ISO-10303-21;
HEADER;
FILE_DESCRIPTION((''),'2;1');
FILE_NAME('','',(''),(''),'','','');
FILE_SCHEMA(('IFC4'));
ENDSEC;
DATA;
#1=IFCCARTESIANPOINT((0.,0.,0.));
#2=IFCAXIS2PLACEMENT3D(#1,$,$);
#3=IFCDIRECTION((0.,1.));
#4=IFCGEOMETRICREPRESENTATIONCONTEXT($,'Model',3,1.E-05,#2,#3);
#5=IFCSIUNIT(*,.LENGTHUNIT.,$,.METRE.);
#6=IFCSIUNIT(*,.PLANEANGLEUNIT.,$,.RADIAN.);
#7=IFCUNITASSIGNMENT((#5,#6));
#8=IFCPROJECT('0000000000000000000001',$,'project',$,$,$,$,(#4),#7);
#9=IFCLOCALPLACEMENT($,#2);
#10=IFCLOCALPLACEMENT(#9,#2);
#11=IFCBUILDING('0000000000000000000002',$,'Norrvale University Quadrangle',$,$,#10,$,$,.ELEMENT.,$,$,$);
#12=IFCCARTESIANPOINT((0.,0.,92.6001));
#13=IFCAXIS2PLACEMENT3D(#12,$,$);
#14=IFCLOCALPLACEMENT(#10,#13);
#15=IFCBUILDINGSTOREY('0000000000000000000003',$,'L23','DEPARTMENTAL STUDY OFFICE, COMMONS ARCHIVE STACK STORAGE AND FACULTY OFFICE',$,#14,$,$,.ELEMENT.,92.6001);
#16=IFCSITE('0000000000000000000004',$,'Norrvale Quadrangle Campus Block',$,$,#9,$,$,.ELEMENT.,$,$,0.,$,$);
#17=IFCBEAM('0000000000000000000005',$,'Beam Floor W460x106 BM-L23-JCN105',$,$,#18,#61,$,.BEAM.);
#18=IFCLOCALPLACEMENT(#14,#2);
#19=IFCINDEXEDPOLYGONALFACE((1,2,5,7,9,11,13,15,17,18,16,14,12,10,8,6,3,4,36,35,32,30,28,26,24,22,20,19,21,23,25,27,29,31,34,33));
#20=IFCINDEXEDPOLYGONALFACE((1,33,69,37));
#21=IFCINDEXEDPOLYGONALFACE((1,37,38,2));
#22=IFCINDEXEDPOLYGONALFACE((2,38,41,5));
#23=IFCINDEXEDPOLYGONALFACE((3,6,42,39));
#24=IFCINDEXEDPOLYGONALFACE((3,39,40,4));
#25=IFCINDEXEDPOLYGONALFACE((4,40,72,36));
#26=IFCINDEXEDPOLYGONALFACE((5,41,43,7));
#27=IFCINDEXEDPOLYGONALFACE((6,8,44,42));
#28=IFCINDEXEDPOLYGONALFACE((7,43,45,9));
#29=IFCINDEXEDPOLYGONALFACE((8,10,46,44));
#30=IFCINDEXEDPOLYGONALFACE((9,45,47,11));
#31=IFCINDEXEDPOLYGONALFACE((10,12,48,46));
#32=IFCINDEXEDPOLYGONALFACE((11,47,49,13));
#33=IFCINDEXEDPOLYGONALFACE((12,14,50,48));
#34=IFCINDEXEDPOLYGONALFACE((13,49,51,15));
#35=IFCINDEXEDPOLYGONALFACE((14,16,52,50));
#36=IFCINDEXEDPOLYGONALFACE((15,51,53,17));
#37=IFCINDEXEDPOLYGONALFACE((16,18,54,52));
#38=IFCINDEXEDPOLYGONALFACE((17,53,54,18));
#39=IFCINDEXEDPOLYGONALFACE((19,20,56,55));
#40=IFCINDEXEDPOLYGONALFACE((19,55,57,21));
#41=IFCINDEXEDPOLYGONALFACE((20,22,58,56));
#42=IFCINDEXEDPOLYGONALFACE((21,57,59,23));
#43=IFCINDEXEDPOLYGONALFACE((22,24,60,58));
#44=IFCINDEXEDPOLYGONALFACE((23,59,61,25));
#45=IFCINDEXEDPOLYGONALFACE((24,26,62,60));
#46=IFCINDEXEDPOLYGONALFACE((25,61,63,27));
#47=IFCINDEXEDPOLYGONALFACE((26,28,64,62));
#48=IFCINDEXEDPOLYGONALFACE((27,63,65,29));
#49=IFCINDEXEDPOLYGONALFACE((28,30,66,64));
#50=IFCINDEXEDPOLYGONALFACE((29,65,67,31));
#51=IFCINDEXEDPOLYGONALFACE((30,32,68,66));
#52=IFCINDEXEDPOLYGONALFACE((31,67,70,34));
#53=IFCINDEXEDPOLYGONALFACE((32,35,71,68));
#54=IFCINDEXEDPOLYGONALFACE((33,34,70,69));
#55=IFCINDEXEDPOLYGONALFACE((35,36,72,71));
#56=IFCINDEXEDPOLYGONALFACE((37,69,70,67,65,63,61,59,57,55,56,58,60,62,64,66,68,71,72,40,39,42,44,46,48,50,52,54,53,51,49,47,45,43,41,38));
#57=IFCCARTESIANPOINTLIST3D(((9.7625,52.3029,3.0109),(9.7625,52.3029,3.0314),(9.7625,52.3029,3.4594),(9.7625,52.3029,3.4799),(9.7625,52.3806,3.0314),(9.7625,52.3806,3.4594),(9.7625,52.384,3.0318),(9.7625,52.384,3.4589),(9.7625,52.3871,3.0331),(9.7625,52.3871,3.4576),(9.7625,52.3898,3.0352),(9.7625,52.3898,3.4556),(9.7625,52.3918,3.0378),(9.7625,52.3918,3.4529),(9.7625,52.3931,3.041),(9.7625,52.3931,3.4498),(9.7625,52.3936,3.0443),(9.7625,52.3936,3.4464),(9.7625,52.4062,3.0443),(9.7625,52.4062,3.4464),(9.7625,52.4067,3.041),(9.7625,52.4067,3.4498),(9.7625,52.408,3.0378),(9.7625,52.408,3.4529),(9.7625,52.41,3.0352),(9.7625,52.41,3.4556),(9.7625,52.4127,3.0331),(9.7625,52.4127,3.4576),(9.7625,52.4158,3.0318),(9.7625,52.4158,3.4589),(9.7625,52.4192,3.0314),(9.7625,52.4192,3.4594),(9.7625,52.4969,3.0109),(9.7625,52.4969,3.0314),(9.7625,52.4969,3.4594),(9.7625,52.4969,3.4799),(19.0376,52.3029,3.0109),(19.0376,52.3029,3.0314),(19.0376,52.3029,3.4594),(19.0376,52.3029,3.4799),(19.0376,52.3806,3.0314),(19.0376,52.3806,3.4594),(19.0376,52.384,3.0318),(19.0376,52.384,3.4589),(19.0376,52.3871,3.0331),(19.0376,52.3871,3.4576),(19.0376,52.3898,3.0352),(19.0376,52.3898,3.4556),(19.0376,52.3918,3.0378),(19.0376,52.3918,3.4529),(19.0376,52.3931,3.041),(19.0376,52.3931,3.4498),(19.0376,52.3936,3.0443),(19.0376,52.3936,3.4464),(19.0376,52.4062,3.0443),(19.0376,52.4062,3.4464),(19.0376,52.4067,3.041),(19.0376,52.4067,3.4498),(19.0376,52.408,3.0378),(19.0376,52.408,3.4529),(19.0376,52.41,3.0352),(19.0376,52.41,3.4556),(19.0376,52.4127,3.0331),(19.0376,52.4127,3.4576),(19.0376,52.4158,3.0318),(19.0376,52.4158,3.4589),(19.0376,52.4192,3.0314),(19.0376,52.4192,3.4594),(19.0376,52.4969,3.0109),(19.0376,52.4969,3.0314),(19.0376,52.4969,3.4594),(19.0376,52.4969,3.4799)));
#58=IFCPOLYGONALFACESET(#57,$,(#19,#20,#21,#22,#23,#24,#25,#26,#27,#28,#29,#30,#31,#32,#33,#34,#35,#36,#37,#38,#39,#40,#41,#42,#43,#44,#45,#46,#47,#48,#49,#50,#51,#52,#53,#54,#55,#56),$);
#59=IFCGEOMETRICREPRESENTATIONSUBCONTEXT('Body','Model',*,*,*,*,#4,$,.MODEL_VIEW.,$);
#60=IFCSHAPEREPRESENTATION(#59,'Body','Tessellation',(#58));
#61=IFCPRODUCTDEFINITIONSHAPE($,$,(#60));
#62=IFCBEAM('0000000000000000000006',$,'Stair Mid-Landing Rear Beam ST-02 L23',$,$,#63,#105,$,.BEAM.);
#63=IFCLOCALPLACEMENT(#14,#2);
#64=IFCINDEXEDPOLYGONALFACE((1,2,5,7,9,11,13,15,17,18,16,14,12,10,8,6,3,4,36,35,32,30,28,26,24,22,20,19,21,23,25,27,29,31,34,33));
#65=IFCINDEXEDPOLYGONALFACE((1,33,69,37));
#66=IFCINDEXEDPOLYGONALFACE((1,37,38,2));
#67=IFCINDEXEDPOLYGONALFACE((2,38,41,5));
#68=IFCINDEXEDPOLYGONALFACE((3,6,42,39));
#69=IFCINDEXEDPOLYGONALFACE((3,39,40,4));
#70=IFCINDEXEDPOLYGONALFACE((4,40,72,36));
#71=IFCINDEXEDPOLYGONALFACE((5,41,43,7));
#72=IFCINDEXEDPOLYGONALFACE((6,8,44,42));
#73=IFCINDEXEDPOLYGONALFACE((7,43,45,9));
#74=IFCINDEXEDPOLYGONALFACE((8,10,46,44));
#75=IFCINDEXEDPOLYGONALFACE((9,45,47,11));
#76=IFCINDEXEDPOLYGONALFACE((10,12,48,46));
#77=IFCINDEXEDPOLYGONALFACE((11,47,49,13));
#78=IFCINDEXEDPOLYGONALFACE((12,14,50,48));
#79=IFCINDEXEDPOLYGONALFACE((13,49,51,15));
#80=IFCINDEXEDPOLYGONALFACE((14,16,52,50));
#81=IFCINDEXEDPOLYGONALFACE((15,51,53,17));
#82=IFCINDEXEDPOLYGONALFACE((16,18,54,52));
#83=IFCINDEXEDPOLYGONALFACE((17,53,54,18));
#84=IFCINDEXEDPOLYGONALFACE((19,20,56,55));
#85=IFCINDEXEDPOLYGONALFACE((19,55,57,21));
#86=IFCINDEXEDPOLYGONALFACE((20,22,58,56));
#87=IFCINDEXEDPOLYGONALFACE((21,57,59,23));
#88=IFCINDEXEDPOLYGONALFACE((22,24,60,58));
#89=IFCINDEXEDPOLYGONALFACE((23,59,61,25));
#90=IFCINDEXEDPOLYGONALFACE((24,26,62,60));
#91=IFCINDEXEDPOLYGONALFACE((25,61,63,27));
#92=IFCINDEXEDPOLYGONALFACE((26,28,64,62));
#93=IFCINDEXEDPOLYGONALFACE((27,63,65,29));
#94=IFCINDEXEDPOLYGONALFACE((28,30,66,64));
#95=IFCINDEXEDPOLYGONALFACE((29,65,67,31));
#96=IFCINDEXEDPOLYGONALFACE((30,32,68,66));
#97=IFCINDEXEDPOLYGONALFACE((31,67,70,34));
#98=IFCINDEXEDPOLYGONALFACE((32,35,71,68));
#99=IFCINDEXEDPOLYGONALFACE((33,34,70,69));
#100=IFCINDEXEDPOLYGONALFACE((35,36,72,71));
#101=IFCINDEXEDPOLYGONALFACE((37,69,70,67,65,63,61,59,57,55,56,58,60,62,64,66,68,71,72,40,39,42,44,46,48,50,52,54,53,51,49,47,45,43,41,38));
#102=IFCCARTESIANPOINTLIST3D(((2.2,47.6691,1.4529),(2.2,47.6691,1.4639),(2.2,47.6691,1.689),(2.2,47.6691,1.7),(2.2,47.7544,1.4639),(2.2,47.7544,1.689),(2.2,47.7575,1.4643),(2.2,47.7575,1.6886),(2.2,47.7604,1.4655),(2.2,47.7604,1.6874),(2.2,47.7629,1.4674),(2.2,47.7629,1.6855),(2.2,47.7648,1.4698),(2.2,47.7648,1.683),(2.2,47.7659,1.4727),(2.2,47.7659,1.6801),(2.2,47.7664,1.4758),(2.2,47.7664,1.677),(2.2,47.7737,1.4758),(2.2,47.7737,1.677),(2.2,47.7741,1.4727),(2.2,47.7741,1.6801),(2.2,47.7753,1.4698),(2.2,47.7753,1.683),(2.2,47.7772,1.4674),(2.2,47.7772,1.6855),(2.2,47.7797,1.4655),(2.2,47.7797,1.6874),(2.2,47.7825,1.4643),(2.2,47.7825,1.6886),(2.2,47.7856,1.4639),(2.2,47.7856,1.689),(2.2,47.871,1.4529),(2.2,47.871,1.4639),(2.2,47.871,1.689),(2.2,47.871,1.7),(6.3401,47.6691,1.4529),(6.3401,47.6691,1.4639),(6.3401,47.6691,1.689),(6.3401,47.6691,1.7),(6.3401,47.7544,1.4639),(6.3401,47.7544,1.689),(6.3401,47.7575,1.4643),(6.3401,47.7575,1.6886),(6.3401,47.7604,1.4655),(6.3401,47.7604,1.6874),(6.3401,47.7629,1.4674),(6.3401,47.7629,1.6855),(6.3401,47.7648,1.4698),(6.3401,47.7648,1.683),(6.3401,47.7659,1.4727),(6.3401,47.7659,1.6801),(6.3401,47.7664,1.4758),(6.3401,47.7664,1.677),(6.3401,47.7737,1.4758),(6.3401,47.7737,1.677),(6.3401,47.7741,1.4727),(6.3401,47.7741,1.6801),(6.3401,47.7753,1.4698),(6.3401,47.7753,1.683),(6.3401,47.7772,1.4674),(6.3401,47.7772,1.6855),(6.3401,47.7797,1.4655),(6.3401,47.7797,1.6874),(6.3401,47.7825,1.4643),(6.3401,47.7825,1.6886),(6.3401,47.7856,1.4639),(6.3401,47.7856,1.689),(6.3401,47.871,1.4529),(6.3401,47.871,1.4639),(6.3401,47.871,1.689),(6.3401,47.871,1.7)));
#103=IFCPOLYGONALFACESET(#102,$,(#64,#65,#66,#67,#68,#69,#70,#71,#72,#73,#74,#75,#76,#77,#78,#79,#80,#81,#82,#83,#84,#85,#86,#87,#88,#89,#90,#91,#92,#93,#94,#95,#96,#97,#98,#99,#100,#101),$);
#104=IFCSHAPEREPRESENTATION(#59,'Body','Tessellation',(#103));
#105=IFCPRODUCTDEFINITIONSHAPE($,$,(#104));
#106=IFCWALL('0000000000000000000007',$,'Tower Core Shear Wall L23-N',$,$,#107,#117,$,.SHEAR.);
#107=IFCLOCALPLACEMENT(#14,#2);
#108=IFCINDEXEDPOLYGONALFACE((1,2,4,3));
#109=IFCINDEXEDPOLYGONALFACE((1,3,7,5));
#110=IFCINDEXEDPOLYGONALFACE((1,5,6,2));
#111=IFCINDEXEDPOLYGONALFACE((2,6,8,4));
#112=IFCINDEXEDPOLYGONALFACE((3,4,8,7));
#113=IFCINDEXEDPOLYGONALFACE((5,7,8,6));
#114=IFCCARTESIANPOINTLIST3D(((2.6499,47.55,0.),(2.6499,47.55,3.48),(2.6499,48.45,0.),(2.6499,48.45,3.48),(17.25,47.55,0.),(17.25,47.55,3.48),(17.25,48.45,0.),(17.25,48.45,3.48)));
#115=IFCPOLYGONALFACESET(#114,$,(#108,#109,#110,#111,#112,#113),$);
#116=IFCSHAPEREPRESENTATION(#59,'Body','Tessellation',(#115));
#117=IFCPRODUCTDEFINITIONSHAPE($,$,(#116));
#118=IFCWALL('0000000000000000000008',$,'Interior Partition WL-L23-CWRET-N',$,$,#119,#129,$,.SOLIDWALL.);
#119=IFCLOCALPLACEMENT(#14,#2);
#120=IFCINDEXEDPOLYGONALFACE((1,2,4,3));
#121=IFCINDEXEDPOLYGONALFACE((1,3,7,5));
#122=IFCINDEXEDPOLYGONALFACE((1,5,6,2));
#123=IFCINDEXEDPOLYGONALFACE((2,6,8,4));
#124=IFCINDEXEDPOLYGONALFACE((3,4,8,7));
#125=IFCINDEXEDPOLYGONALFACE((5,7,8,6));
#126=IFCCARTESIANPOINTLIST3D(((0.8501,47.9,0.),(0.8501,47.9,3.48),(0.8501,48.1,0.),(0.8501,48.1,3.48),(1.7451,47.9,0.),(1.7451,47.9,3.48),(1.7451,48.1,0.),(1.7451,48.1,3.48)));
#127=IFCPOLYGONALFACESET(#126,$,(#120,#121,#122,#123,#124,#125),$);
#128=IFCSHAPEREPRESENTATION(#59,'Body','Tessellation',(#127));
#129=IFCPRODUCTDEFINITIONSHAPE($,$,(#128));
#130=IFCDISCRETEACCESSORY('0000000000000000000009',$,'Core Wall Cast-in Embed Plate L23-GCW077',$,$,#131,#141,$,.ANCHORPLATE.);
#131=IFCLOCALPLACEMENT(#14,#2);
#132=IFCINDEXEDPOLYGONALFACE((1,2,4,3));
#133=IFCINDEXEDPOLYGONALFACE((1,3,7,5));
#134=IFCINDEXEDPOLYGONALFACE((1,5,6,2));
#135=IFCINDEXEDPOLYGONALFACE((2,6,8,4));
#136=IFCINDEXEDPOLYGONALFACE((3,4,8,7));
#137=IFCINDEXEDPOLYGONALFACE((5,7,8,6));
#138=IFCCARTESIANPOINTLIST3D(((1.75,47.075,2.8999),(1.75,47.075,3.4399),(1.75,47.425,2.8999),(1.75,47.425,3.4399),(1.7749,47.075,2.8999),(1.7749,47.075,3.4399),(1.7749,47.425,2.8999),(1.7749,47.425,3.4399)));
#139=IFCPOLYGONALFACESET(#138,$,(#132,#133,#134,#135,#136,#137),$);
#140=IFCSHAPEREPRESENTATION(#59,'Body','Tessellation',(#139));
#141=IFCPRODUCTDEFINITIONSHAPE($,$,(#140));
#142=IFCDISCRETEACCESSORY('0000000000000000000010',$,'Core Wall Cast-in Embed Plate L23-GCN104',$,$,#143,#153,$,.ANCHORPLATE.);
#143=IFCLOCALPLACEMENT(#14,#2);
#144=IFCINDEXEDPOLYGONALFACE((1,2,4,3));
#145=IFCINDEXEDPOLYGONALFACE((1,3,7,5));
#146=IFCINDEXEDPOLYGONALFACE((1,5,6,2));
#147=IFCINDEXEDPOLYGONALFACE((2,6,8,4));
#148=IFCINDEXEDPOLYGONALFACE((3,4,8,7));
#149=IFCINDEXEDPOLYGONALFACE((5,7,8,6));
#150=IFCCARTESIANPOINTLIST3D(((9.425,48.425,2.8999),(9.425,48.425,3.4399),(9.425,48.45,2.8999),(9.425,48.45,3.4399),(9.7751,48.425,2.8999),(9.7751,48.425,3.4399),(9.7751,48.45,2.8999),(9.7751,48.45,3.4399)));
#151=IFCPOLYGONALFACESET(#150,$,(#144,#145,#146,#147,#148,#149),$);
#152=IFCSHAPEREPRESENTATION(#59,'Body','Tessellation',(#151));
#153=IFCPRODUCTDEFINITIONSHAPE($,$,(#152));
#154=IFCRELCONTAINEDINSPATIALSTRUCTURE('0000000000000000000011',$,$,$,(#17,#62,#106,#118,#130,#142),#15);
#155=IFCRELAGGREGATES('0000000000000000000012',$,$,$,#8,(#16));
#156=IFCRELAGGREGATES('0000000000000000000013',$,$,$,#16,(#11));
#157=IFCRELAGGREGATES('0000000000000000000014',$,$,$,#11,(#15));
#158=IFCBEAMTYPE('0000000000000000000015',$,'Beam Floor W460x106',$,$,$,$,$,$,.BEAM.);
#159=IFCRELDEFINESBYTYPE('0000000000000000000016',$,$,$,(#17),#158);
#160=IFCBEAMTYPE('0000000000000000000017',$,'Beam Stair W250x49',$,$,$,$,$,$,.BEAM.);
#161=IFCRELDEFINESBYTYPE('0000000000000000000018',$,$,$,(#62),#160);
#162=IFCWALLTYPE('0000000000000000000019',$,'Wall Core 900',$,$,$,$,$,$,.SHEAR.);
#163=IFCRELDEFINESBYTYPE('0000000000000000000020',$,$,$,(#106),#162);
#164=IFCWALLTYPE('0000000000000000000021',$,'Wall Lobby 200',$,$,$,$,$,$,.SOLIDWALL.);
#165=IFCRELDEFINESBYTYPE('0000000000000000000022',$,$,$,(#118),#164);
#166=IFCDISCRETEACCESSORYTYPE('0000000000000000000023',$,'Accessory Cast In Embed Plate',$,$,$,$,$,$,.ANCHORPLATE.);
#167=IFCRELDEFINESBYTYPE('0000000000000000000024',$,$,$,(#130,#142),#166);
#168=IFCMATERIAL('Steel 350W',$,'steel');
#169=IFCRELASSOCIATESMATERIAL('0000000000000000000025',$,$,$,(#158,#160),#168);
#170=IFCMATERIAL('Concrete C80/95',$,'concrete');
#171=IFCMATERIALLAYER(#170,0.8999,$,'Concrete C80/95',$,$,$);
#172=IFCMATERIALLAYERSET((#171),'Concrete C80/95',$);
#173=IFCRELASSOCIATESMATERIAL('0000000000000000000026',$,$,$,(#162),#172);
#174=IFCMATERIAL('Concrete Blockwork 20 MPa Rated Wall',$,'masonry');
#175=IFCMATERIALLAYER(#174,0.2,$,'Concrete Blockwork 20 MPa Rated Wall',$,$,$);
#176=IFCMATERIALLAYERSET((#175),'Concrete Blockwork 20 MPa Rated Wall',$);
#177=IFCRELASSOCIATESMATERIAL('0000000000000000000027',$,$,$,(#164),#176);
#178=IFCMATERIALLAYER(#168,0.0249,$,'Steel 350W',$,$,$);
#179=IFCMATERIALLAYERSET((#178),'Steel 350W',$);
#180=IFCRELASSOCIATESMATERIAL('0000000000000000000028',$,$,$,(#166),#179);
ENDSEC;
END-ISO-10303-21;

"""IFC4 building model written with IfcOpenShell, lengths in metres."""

from ifc_helpers import new_model, si_unit, direction, frame, frame_2d, origin, origin_2d, place, context, subcontext, project, spatial, rectangle, i_section, extrude, material, layer, layer_set, material_profile, profile_set, type_object, element, save


model = new_model("IFC4")

# Units and contexts
model_context = context("Model", 3, precision=1e-05, world=origin(), true_north=direction((0.0, 1.0)))
body_context = subcontext(model_context, "Body", "Model", "MODEL_VIEW")
ifc_project = project(units=[si_unit("LENGTHUNIT", "METRE"), si_unit("PLANEANGLEUNIT", "RADIAN")], contexts=[model_context])

# Site, building, storey
site_placement = place(None, origin())
site = spatial("IfcSite", under=ifc_project, at=site_placement, Name="Norrvale Quadrangle Campus Block", CompositionType="ELEMENT", RefElevation=0.0)
building_placement = place(site_placement, origin())
building = spatial("IfcBuilding", under=site, at=building_placement, Name="Norrvale University Quadrangle", CompositionType="ELEMENT")
storey_placement = place(building_placement, frame((0.0, 0.0, 92.6001)))
storey = spatial("IfcBuildingStorey", under=building, at=storey_placement, Name="L23", Description="DEPARTMENTAL STUDY OFFICE, COMMONS ARCHIVE STACK STORAGE AND FACULTY OFFICE", CompositionType="ELEMENT", Elevation=92.6001)

# Shared definitions
ifc_material_1 = material(Name="Concrete C80/95", Category="concrete")

# Beams
ifc_material_2 = material(Name="Steel 350W", Category="steel")
ifc_material_profile_1 = material_profile(ifc_material_2, i_section(OverallWidth=0.1941, OverallDepth=0.469, WebThickness=0.0127, FlangeThickness=0.0205, FilletRadius=0.0129, at=origin_2d()), Name="Steel 350W")
ifc_profile_set_1 = profile_set([ifc_material_profile_1], Name="Steel 350W")
beam_type_1 = type_object("IfcBeamType", Name="Beam Floor W460x106", PredefinedType="BEAM", material=ifc_profile_set_1)
beam_1_placement = place(storey_placement, frame((9.7625, 52.3999, 3.2454), z_axis=(1.0, 0.0, 0.0), x_axis=(0.0, 1.0, 0.0)))
element("IfcBeam", 1, at=beam_1_placement, inside=storey, type_object=beam_type_1, Name="Beam Floor W460x106 BM-L23-JCN105", PredefinedType="BEAM", context=body_context, shape_type="SweptSolid", body=[
    extrude(i_section(OverallWidth=0.1941, OverallDepth=0.469, WebThickness=0.0127, FlangeThickness=0.0205, FilletRadius=0.0129, at=origin_2d()), origin(), (0.0, 0.0, 1.0), 9.2751),
])
ifc_material_profile_2 = material_profile(ifc_material_2, i_section(OverallWidth=0.2019, OverallDepth=0.2471, WebThickness=0.0073, FlangeThickness=0.011, FilletRadius=0.012, at=origin_2d()), Name="Steel 350W")
ifc_profile_set_2 = profile_set([ifc_material_profile_2], Name="Steel 350W")
beam_type_2 = type_object("IfcBeamType", Name="Beam Stair W250x49", PredefinedType="BEAM", material=ifc_profile_set_2)
beam_2_placement = place(storey_placement, frame((2.2, 47.77, 1.5764), z_axis=(1.0, 0.0, 0.0), x_axis=(0.0, 1.0, 0.0)))
element("IfcBeam", 2, at=beam_2_placement, inside=storey, type_object=beam_type_2, Name="Stair Mid-Landing Rear Beam ST-02 L23", PredefinedType="BEAM", context=body_context, shape_type="SweptSolid", body=[
    extrude(i_section(OverallWidth=0.2019, OverallDepth=0.2471, WebThickness=0.0073, FlangeThickness=0.011, FilletRadius=0.012, at=origin_2d()), origin(), (0.0, 0.0, 1.0), 4.1401),
])

# Walls
ifc_layer_1 = layer(ifc_material_1, 0.8999, Name="Concrete C80/95")
ifc_layer_set_1 = layer_set([ifc_layer_1], Name="Concrete C80/95")
wall_type_1 = type_object("IfcWallType", Name="Wall Core 900", PredefinedType="SHEAR", material=ifc_layer_set_1)
wall_1_placement = place(storey_placement, frame((2.6499, 48.0, 0.0), z_axis=(0.0, 0.0, 1.0), x_axis=(1.0, 0.0, 0.0)))
element("IfcWall", 3, at=wall_1_placement, inside=storey, type_object=wall_type_1, Name="Tower Core Shear Wall L23-N", PredefinedType="SHEAR", context=body_context, shape_type="SweptSolid", body=[
    extrude(rectangle(XDim=14.6001, YDim=0.8999, at=frame_2d((7.3, 0.0))), origin(), (0.0, 0.0, 1.0), 3.48),
])
ifc_material_3 = material(Name="Concrete Blockwork 20 MPa Rated Wall", Category="masonry")
ifc_layer_2 = layer(ifc_material_3, 0.2, Name="Concrete Blockwork 20 MPa Rated Wall")
ifc_layer_set_2 = layer_set([ifc_layer_2], Name="Concrete Blockwork 20 MPa Rated Wall")
wall_type_2 = type_object("IfcWallType", Name="Wall Lobby 200", PredefinedType="SOLIDWALL", material=ifc_layer_set_2)
wall_2_placement = place(storey_placement, frame((0.8501, 48.0, 0.0), z_axis=(0.0, 0.0, 1.0), x_axis=(1.0, 0.0, 0.0)))
element("IfcWall", 4, at=wall_2_placement, inside=storey, type_object=wall_type_2, Name="Interior Partition WL-L23-CWRET-N", PredefinedType="SOLIDWALL", context=body_context, shape_type="SweptSolid", body=[
    extrude(rectangle(XDim=0.895, YDim=0.2, at=frame_2d((0.4475, 0.0))), origin(), (0.0, 0.0, 1.0), 3.48),
])

# Discrete accessories
ifc_layer_3 = layer(ifc_material_2, 0.0249, Name="Steel 350W")
ifc_layer_set_3 = layer_set([ifc_layer_3], Name="Steel 350W")
discrete_accessory_type = type_object("IfcDiscreteAccessoryType", Name="Accessory Cast In Embed Plate", PredefinedType="ANCHORPLATE", material=ifc_layer_set_3)
discrete_accessory_1_placement = place(storey_placement, frame((1.7625, 47.25, 2.8999), z_axis=(0.0, 0.0, 1.0), x_axis=(1.0, 0.0, 0.0)))
element("IfcDiscreteAccessory", 5, at=discrete_accessory_1_placement, inside=storey, type_object=discrete_accessory_type, Name="Core Wall Cast-in Embed Plate L23-GCW077", PredefinedType="ANCHORPLATE", context=body_context, shape_type="SweptSolid", body=[
    extrude(rectangle(XDim=0.0249, YDim=0.3501, at=origin_2d()), origin(), (0.0, 0.0, 1.0), 0.54),
])
discrete_accessory_2_placement = place(storey_placement, frame((9.6001, 48.4375, 2.8999), z_axis=(0.0, 0.0, 1.0), x_axis=(1.0, 0.0, 0.0)))
element("IfcDiscreteAccessory", 6, at=discrete_accessory_2_placement, inside=storey, type_object=discrete_accessory_type, Name="Core Wall Cast-in Embed Plate L23-GCN104", PredefinedType="ANCHORPLATE", context=body_context, shape_type="SweptSolid", body=[
    extrude(rectangle(XDim=0.3501, YDim=0.0249, at=origin_2d()), origin(), (0.0, 0.0, 1.0), 0.54),
])

save(model, "model.ifc")
